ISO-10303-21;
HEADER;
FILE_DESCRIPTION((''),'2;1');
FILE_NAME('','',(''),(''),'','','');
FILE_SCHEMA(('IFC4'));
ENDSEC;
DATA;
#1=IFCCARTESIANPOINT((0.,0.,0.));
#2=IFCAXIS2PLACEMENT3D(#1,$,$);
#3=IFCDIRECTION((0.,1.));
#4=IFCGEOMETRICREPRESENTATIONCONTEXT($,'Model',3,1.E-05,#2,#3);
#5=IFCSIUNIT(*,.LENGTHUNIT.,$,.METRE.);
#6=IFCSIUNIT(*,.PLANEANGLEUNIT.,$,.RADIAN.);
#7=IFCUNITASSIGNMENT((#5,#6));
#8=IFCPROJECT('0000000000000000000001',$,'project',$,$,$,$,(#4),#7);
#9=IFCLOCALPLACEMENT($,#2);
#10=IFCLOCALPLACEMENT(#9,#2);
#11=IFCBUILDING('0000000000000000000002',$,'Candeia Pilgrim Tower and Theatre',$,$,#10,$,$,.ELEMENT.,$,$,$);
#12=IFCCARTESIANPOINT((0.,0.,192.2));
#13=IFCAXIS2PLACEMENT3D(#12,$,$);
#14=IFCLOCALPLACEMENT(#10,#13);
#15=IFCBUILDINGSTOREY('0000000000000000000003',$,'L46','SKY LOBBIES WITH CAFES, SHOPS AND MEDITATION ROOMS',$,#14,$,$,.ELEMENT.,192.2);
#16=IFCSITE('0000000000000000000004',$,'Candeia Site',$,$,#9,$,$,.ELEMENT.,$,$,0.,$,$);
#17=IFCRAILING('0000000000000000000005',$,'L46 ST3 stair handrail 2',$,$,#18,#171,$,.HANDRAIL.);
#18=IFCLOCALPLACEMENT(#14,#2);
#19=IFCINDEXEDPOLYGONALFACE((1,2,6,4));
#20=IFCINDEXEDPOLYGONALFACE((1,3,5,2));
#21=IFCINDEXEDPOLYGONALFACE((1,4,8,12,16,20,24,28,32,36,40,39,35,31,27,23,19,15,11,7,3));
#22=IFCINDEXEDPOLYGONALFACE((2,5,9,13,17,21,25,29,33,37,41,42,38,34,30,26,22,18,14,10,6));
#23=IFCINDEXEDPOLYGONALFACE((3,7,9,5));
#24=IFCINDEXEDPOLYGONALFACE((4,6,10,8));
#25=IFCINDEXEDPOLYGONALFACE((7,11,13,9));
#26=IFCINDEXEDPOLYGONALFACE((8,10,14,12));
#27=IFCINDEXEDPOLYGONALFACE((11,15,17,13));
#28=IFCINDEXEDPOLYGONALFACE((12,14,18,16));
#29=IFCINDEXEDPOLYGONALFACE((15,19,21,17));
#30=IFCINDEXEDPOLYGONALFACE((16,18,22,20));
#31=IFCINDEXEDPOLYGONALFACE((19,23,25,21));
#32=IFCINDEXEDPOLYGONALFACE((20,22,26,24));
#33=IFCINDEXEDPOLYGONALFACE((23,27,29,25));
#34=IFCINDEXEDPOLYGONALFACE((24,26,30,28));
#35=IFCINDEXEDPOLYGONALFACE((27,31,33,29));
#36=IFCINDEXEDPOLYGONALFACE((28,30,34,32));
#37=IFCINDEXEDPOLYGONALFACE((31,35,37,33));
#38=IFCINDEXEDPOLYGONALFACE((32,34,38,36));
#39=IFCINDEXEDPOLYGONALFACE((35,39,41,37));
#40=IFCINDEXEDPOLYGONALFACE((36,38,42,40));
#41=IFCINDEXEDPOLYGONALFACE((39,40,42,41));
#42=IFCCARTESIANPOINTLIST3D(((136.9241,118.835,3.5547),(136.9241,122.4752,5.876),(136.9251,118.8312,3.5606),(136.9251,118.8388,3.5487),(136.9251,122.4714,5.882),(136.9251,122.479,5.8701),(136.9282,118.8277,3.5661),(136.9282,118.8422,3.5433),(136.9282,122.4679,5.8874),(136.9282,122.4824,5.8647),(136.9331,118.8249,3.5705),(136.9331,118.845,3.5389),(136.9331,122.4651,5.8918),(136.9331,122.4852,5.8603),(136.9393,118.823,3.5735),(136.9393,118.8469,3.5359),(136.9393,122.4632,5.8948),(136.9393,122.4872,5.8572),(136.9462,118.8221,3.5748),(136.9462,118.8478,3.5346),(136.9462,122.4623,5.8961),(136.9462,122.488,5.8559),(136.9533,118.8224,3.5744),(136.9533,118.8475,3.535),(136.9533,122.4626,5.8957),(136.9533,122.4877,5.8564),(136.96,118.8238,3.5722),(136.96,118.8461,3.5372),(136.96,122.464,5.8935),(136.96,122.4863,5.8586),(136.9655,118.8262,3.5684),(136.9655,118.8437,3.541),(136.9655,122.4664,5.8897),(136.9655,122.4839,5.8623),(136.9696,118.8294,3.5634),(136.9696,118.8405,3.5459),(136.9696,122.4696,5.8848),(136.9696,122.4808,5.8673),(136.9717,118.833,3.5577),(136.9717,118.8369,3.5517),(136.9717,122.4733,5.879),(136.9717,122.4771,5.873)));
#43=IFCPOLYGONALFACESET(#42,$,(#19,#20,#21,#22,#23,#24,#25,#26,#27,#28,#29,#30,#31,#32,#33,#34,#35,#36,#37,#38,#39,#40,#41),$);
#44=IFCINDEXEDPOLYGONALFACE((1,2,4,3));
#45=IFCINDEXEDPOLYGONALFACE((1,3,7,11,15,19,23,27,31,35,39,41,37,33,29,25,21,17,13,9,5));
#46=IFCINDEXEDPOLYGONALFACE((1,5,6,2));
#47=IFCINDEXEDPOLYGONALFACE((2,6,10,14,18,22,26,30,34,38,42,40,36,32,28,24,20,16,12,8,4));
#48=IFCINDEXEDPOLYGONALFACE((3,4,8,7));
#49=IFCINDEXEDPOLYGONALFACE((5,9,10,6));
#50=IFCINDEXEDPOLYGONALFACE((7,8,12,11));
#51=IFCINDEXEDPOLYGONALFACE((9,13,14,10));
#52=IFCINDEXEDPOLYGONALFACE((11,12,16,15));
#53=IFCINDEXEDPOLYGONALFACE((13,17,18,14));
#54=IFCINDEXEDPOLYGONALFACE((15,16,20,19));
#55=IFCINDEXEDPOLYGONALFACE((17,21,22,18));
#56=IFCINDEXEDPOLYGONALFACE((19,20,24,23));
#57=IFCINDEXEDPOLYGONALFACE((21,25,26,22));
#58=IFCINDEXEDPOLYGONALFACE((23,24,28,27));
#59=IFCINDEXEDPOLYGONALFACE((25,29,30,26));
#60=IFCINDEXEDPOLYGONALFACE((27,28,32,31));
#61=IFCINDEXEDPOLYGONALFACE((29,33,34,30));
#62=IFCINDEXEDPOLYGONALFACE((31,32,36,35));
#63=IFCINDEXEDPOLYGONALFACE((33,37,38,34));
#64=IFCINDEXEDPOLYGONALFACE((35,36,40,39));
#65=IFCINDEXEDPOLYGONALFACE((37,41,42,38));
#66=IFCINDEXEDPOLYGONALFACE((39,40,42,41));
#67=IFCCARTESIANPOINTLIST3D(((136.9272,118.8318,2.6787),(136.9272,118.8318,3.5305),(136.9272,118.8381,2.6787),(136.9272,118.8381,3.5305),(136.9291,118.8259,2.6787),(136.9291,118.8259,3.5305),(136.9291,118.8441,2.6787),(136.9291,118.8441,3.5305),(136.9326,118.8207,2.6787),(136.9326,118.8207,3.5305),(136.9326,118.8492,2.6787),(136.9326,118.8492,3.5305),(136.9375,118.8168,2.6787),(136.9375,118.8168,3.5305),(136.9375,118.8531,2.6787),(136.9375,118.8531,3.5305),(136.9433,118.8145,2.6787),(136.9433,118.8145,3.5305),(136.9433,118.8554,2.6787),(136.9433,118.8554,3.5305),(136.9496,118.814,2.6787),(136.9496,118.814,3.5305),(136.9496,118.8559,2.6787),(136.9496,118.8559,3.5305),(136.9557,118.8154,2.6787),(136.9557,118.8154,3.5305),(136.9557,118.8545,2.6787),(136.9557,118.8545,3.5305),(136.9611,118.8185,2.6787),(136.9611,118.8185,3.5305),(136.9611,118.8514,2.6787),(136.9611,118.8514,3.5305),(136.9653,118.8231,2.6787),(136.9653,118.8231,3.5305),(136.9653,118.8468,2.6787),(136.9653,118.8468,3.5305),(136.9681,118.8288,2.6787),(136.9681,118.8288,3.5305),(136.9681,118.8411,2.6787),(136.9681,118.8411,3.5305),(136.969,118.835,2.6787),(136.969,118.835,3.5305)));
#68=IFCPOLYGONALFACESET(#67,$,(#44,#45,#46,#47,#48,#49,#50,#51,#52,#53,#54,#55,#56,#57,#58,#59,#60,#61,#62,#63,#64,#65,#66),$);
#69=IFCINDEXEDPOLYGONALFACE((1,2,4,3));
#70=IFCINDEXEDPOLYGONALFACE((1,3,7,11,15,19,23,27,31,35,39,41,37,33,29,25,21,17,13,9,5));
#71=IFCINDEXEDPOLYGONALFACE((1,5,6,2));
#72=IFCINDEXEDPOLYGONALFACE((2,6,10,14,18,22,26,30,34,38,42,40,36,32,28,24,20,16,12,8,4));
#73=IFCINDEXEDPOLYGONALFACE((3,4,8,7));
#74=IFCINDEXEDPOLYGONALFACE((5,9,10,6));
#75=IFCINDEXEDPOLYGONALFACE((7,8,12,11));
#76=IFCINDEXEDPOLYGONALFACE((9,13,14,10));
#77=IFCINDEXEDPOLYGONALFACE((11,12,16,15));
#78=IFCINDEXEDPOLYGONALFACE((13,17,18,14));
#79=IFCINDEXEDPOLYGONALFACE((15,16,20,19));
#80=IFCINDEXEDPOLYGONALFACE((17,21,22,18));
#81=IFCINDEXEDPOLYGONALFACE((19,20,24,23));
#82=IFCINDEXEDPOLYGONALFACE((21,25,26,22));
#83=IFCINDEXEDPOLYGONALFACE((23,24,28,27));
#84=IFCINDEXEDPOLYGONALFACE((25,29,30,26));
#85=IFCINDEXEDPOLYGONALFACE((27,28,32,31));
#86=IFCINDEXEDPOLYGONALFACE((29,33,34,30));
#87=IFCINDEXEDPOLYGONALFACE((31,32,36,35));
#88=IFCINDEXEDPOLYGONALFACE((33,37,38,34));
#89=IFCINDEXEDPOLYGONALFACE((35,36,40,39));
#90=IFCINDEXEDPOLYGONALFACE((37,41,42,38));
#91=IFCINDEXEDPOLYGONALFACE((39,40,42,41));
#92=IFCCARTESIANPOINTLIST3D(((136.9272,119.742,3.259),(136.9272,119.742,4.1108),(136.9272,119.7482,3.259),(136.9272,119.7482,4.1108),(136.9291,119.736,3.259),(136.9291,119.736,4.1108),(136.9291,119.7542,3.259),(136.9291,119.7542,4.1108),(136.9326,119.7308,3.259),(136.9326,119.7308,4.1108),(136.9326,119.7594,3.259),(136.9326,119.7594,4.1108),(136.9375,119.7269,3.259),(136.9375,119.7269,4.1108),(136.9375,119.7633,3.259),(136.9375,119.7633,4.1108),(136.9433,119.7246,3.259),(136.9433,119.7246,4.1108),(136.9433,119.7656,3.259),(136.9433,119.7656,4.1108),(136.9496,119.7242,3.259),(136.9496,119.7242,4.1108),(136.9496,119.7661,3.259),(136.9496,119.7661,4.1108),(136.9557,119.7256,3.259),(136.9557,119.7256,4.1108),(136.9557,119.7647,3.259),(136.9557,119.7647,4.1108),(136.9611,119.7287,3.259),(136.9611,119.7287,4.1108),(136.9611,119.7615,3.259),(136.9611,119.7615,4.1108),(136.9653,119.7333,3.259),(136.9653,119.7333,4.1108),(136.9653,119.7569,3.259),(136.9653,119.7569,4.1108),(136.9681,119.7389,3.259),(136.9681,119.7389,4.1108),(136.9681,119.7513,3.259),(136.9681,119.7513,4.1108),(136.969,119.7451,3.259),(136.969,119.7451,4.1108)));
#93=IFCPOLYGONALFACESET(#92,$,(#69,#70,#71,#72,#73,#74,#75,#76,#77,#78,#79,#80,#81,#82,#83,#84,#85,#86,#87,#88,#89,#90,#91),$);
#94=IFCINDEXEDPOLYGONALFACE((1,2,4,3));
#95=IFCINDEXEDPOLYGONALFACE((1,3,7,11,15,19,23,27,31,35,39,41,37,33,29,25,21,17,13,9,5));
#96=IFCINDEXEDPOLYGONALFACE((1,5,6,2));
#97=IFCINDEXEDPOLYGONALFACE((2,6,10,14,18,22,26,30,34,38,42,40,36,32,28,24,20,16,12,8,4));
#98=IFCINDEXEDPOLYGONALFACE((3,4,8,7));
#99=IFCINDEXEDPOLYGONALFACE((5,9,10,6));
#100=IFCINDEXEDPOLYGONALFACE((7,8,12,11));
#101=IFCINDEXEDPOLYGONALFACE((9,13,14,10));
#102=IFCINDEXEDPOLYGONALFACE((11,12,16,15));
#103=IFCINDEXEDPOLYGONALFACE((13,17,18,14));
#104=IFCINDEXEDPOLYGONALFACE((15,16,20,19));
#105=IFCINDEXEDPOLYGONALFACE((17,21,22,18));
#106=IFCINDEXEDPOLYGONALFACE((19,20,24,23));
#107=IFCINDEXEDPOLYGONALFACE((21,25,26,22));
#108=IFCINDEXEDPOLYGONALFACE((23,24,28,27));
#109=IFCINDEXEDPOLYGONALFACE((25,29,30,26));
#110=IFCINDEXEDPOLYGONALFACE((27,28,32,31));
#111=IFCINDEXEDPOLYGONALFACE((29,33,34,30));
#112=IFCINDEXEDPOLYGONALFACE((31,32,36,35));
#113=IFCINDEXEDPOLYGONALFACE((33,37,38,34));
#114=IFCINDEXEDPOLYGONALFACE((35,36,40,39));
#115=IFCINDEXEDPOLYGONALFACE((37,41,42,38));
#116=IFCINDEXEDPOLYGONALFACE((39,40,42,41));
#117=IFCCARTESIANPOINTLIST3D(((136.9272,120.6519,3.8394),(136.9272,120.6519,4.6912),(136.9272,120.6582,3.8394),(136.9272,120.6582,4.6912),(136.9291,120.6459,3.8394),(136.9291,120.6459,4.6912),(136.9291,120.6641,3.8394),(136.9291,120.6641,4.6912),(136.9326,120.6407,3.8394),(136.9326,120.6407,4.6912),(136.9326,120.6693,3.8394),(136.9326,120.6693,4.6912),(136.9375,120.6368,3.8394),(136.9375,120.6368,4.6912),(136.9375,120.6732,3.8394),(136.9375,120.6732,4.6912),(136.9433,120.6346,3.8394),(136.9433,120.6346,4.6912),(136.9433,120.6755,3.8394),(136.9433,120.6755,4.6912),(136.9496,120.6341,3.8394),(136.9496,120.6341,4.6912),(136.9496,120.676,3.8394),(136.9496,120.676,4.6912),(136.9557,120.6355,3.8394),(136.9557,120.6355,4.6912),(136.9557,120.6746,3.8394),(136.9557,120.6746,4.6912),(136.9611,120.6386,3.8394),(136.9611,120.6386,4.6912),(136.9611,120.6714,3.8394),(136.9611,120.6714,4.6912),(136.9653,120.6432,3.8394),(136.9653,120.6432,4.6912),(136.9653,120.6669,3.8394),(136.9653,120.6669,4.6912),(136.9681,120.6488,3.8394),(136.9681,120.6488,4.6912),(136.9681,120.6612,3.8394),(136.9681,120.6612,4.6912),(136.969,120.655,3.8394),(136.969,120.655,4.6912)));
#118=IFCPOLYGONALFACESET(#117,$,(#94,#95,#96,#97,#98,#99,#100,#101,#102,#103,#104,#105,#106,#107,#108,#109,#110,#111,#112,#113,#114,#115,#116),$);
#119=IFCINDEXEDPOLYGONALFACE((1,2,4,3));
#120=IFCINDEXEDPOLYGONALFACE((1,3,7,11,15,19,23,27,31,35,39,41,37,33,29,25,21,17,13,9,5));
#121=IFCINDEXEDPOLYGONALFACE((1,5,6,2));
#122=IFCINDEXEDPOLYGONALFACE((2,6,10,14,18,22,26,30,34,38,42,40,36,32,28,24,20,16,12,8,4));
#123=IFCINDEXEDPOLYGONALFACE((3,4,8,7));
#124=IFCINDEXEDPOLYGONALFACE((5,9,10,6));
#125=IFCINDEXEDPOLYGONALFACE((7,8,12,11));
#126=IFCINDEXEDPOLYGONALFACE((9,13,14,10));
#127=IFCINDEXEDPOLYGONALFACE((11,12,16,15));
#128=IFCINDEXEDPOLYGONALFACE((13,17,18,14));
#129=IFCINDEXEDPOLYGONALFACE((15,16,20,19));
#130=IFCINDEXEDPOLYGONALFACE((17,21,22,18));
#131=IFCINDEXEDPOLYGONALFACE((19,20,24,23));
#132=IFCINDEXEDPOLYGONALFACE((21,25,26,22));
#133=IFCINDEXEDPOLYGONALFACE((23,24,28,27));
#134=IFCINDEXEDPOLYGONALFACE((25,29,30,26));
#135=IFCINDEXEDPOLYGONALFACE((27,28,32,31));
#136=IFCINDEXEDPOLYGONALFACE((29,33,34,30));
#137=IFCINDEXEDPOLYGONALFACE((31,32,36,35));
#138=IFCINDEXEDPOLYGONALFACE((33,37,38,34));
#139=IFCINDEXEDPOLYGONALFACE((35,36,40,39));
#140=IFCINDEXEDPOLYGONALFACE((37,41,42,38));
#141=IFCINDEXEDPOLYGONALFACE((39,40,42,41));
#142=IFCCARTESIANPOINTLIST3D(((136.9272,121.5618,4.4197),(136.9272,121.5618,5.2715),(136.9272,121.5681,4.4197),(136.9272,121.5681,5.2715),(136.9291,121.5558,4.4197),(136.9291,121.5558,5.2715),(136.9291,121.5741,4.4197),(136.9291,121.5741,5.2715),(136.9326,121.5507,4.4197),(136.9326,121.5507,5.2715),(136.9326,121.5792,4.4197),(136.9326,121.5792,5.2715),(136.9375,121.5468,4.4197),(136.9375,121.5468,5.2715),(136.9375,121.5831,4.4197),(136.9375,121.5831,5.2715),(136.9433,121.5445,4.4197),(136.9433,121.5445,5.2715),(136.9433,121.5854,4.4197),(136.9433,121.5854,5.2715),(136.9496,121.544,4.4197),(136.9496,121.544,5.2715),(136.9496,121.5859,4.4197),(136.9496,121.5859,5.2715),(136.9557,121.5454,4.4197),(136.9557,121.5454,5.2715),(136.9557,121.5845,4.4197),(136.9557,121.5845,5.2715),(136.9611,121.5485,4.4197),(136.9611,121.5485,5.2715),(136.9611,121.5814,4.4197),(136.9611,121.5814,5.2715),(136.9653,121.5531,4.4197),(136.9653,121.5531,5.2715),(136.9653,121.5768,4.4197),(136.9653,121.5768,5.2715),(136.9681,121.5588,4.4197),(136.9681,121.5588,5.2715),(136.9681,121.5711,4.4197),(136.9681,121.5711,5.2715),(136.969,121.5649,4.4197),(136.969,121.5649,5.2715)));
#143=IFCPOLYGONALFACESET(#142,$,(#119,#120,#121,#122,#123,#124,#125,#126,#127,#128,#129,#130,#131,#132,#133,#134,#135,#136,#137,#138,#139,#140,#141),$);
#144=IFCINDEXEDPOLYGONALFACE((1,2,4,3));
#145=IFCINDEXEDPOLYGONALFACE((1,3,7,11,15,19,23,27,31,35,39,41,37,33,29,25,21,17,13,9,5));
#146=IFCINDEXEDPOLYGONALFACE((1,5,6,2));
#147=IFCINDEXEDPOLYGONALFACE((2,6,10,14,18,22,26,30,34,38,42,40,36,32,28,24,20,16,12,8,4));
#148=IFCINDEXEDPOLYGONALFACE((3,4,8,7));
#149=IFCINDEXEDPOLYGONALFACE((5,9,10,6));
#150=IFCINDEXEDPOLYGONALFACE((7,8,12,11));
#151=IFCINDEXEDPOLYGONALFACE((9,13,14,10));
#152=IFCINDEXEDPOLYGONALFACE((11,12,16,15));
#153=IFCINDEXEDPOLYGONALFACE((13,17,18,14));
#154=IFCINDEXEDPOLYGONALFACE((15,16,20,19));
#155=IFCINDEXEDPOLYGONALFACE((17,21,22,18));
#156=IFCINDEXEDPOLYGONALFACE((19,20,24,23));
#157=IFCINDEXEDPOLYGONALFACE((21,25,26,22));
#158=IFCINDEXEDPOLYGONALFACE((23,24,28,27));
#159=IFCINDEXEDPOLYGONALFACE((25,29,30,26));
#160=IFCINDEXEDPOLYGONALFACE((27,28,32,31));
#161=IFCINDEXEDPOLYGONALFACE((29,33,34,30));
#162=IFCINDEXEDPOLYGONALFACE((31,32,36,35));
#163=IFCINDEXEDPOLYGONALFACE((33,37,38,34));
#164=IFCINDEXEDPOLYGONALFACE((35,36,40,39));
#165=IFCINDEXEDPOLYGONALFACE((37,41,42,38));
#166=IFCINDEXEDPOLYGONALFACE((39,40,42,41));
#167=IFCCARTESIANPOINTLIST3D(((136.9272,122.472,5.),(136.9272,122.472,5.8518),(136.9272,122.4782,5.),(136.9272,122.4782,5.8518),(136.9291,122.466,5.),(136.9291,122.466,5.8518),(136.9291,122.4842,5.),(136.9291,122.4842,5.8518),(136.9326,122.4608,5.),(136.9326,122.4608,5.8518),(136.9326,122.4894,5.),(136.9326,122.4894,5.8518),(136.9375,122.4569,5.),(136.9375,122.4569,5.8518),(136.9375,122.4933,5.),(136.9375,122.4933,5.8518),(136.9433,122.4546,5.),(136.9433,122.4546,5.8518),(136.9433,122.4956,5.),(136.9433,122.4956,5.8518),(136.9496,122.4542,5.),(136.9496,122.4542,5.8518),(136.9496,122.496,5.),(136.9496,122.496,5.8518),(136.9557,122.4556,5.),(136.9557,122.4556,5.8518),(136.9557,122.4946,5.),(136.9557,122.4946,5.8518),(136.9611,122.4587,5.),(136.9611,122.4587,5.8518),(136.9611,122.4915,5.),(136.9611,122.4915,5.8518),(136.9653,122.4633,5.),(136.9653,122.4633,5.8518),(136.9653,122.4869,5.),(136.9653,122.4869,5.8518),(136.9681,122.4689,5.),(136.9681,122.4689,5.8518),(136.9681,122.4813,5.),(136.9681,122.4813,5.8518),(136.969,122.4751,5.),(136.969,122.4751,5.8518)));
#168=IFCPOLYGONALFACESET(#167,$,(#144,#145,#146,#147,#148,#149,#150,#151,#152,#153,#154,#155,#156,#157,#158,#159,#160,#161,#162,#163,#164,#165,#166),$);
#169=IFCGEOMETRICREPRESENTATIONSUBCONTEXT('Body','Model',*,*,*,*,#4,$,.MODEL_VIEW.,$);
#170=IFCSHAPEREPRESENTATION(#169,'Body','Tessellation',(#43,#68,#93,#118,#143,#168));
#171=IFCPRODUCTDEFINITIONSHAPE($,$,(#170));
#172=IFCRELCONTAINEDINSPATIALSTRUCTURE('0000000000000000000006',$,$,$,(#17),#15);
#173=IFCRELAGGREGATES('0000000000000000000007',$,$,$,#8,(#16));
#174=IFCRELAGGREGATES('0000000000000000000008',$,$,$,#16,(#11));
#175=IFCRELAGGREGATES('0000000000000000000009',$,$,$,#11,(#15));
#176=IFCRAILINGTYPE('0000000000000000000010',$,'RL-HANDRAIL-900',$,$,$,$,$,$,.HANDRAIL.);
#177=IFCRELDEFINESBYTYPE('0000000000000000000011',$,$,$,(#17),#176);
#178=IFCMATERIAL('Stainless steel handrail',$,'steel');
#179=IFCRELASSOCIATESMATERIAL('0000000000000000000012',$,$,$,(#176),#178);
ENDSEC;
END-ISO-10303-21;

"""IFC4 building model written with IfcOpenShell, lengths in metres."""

from ifc_helpers import new_model, si_unit, direction, frame, origin, origin_2d, place, context, subcontext, project, spatial, circle, extrude, material, type_object, element, save


model = new_model("IFC4")

# Units and contexts
model_context = context("Model", 3, precision=1e-05, world=origin(), true_north=direction((0.0, 1.0)))
body_context = subcontext(model_context, "Body", "Model", "MODEL_VIEW")
ifc_project = project(units=[si_unit("LENGTHUNIT", "METRE"), si_unit("PLANEANGLEUNIT", "RADIAN")], contexts=[model_context])

# Site, building, storey
site_placement = place(None, origin())
site = spatial("IfcSite", under=ifc_project, at=site_placement, Name="Candeia Site", CompositionType="ELEMENT", RefElevation=0.0)
building_placement = place(site_placement, origin())
building = spatial("IfcBuilding", under=site, at=building_placement, Name="Candeia Pilgrim Tower and Theatre", CompositionType="ELEMENT")
storey_placement = place(building_placement, frame((0.0, 0.0, 192.2)))
storey = spatial("IfcBuildingStorey", under=building, at=storey_placement, Name="L46", Description="SKY LOBBIES WITH CAFES, SHOPS AND MEDITATION ROOMS", CompositionType="ELEMENT", Elevation=192.2)

# Railing
ifc_material_1 = material(Name="Stainless steel handrail", Category="steel")
railing_type_1 = type_object("IfcRailingType", Name="RL-HANDRAIL-900", PredefinedType="HANDRAIL", material=ifc_material_1)
railing_1_placement = place(storey_placement, frame((136.948, 118.835, 2.6787)))
element("IfcRailing", 1, at=railing_1_placement, inside=storey, type_object=railing_type_1, Name="L46 ST3 stair handrail 2", PredefinedType="HANDRAIL", context=body_context, shape_type="SweptSolid", body=[
    extrude(circle(Radius=0.0239, at=origin_2d()), frame((0.0, 0.0, 0.876), z_axis=(0.0, 0.843153, 0.537673), x_axis=(-1.0, 0.0, 0.0)), (0.0, 0.0, 1.0), 4.3174),
    extrude(circle(Radius=0.021, at=origin_2d()), origin(), (0.0, 0.0, 1.0), 0.8518),
    extrude(circle(Radius=0.021, at=origin_2d()), frame((0.0, 0.9102, 0.5803)), (0.0, 0.0, 1.0), 0.8518),
    extrude(circle(Radius=0.021, at=origin_2d()), frame((0.0, 1.8201, 1.1606)), (0.0, 0.0, 1.0), 0.8518),
    extrude(circle(Radius=0.021, at=origin_2d()), frame((0.0, 2.73, 1.741)), (0.0, 0.0, 1.0), 0.8518),
    extrude(circle(Radius=0.021, at=origin_2d()), frame((0.0, 3.6401, 2.3213)), (0.0, 0.0, 1.0), 0.8518),
])

save(model, "model.ifc")
